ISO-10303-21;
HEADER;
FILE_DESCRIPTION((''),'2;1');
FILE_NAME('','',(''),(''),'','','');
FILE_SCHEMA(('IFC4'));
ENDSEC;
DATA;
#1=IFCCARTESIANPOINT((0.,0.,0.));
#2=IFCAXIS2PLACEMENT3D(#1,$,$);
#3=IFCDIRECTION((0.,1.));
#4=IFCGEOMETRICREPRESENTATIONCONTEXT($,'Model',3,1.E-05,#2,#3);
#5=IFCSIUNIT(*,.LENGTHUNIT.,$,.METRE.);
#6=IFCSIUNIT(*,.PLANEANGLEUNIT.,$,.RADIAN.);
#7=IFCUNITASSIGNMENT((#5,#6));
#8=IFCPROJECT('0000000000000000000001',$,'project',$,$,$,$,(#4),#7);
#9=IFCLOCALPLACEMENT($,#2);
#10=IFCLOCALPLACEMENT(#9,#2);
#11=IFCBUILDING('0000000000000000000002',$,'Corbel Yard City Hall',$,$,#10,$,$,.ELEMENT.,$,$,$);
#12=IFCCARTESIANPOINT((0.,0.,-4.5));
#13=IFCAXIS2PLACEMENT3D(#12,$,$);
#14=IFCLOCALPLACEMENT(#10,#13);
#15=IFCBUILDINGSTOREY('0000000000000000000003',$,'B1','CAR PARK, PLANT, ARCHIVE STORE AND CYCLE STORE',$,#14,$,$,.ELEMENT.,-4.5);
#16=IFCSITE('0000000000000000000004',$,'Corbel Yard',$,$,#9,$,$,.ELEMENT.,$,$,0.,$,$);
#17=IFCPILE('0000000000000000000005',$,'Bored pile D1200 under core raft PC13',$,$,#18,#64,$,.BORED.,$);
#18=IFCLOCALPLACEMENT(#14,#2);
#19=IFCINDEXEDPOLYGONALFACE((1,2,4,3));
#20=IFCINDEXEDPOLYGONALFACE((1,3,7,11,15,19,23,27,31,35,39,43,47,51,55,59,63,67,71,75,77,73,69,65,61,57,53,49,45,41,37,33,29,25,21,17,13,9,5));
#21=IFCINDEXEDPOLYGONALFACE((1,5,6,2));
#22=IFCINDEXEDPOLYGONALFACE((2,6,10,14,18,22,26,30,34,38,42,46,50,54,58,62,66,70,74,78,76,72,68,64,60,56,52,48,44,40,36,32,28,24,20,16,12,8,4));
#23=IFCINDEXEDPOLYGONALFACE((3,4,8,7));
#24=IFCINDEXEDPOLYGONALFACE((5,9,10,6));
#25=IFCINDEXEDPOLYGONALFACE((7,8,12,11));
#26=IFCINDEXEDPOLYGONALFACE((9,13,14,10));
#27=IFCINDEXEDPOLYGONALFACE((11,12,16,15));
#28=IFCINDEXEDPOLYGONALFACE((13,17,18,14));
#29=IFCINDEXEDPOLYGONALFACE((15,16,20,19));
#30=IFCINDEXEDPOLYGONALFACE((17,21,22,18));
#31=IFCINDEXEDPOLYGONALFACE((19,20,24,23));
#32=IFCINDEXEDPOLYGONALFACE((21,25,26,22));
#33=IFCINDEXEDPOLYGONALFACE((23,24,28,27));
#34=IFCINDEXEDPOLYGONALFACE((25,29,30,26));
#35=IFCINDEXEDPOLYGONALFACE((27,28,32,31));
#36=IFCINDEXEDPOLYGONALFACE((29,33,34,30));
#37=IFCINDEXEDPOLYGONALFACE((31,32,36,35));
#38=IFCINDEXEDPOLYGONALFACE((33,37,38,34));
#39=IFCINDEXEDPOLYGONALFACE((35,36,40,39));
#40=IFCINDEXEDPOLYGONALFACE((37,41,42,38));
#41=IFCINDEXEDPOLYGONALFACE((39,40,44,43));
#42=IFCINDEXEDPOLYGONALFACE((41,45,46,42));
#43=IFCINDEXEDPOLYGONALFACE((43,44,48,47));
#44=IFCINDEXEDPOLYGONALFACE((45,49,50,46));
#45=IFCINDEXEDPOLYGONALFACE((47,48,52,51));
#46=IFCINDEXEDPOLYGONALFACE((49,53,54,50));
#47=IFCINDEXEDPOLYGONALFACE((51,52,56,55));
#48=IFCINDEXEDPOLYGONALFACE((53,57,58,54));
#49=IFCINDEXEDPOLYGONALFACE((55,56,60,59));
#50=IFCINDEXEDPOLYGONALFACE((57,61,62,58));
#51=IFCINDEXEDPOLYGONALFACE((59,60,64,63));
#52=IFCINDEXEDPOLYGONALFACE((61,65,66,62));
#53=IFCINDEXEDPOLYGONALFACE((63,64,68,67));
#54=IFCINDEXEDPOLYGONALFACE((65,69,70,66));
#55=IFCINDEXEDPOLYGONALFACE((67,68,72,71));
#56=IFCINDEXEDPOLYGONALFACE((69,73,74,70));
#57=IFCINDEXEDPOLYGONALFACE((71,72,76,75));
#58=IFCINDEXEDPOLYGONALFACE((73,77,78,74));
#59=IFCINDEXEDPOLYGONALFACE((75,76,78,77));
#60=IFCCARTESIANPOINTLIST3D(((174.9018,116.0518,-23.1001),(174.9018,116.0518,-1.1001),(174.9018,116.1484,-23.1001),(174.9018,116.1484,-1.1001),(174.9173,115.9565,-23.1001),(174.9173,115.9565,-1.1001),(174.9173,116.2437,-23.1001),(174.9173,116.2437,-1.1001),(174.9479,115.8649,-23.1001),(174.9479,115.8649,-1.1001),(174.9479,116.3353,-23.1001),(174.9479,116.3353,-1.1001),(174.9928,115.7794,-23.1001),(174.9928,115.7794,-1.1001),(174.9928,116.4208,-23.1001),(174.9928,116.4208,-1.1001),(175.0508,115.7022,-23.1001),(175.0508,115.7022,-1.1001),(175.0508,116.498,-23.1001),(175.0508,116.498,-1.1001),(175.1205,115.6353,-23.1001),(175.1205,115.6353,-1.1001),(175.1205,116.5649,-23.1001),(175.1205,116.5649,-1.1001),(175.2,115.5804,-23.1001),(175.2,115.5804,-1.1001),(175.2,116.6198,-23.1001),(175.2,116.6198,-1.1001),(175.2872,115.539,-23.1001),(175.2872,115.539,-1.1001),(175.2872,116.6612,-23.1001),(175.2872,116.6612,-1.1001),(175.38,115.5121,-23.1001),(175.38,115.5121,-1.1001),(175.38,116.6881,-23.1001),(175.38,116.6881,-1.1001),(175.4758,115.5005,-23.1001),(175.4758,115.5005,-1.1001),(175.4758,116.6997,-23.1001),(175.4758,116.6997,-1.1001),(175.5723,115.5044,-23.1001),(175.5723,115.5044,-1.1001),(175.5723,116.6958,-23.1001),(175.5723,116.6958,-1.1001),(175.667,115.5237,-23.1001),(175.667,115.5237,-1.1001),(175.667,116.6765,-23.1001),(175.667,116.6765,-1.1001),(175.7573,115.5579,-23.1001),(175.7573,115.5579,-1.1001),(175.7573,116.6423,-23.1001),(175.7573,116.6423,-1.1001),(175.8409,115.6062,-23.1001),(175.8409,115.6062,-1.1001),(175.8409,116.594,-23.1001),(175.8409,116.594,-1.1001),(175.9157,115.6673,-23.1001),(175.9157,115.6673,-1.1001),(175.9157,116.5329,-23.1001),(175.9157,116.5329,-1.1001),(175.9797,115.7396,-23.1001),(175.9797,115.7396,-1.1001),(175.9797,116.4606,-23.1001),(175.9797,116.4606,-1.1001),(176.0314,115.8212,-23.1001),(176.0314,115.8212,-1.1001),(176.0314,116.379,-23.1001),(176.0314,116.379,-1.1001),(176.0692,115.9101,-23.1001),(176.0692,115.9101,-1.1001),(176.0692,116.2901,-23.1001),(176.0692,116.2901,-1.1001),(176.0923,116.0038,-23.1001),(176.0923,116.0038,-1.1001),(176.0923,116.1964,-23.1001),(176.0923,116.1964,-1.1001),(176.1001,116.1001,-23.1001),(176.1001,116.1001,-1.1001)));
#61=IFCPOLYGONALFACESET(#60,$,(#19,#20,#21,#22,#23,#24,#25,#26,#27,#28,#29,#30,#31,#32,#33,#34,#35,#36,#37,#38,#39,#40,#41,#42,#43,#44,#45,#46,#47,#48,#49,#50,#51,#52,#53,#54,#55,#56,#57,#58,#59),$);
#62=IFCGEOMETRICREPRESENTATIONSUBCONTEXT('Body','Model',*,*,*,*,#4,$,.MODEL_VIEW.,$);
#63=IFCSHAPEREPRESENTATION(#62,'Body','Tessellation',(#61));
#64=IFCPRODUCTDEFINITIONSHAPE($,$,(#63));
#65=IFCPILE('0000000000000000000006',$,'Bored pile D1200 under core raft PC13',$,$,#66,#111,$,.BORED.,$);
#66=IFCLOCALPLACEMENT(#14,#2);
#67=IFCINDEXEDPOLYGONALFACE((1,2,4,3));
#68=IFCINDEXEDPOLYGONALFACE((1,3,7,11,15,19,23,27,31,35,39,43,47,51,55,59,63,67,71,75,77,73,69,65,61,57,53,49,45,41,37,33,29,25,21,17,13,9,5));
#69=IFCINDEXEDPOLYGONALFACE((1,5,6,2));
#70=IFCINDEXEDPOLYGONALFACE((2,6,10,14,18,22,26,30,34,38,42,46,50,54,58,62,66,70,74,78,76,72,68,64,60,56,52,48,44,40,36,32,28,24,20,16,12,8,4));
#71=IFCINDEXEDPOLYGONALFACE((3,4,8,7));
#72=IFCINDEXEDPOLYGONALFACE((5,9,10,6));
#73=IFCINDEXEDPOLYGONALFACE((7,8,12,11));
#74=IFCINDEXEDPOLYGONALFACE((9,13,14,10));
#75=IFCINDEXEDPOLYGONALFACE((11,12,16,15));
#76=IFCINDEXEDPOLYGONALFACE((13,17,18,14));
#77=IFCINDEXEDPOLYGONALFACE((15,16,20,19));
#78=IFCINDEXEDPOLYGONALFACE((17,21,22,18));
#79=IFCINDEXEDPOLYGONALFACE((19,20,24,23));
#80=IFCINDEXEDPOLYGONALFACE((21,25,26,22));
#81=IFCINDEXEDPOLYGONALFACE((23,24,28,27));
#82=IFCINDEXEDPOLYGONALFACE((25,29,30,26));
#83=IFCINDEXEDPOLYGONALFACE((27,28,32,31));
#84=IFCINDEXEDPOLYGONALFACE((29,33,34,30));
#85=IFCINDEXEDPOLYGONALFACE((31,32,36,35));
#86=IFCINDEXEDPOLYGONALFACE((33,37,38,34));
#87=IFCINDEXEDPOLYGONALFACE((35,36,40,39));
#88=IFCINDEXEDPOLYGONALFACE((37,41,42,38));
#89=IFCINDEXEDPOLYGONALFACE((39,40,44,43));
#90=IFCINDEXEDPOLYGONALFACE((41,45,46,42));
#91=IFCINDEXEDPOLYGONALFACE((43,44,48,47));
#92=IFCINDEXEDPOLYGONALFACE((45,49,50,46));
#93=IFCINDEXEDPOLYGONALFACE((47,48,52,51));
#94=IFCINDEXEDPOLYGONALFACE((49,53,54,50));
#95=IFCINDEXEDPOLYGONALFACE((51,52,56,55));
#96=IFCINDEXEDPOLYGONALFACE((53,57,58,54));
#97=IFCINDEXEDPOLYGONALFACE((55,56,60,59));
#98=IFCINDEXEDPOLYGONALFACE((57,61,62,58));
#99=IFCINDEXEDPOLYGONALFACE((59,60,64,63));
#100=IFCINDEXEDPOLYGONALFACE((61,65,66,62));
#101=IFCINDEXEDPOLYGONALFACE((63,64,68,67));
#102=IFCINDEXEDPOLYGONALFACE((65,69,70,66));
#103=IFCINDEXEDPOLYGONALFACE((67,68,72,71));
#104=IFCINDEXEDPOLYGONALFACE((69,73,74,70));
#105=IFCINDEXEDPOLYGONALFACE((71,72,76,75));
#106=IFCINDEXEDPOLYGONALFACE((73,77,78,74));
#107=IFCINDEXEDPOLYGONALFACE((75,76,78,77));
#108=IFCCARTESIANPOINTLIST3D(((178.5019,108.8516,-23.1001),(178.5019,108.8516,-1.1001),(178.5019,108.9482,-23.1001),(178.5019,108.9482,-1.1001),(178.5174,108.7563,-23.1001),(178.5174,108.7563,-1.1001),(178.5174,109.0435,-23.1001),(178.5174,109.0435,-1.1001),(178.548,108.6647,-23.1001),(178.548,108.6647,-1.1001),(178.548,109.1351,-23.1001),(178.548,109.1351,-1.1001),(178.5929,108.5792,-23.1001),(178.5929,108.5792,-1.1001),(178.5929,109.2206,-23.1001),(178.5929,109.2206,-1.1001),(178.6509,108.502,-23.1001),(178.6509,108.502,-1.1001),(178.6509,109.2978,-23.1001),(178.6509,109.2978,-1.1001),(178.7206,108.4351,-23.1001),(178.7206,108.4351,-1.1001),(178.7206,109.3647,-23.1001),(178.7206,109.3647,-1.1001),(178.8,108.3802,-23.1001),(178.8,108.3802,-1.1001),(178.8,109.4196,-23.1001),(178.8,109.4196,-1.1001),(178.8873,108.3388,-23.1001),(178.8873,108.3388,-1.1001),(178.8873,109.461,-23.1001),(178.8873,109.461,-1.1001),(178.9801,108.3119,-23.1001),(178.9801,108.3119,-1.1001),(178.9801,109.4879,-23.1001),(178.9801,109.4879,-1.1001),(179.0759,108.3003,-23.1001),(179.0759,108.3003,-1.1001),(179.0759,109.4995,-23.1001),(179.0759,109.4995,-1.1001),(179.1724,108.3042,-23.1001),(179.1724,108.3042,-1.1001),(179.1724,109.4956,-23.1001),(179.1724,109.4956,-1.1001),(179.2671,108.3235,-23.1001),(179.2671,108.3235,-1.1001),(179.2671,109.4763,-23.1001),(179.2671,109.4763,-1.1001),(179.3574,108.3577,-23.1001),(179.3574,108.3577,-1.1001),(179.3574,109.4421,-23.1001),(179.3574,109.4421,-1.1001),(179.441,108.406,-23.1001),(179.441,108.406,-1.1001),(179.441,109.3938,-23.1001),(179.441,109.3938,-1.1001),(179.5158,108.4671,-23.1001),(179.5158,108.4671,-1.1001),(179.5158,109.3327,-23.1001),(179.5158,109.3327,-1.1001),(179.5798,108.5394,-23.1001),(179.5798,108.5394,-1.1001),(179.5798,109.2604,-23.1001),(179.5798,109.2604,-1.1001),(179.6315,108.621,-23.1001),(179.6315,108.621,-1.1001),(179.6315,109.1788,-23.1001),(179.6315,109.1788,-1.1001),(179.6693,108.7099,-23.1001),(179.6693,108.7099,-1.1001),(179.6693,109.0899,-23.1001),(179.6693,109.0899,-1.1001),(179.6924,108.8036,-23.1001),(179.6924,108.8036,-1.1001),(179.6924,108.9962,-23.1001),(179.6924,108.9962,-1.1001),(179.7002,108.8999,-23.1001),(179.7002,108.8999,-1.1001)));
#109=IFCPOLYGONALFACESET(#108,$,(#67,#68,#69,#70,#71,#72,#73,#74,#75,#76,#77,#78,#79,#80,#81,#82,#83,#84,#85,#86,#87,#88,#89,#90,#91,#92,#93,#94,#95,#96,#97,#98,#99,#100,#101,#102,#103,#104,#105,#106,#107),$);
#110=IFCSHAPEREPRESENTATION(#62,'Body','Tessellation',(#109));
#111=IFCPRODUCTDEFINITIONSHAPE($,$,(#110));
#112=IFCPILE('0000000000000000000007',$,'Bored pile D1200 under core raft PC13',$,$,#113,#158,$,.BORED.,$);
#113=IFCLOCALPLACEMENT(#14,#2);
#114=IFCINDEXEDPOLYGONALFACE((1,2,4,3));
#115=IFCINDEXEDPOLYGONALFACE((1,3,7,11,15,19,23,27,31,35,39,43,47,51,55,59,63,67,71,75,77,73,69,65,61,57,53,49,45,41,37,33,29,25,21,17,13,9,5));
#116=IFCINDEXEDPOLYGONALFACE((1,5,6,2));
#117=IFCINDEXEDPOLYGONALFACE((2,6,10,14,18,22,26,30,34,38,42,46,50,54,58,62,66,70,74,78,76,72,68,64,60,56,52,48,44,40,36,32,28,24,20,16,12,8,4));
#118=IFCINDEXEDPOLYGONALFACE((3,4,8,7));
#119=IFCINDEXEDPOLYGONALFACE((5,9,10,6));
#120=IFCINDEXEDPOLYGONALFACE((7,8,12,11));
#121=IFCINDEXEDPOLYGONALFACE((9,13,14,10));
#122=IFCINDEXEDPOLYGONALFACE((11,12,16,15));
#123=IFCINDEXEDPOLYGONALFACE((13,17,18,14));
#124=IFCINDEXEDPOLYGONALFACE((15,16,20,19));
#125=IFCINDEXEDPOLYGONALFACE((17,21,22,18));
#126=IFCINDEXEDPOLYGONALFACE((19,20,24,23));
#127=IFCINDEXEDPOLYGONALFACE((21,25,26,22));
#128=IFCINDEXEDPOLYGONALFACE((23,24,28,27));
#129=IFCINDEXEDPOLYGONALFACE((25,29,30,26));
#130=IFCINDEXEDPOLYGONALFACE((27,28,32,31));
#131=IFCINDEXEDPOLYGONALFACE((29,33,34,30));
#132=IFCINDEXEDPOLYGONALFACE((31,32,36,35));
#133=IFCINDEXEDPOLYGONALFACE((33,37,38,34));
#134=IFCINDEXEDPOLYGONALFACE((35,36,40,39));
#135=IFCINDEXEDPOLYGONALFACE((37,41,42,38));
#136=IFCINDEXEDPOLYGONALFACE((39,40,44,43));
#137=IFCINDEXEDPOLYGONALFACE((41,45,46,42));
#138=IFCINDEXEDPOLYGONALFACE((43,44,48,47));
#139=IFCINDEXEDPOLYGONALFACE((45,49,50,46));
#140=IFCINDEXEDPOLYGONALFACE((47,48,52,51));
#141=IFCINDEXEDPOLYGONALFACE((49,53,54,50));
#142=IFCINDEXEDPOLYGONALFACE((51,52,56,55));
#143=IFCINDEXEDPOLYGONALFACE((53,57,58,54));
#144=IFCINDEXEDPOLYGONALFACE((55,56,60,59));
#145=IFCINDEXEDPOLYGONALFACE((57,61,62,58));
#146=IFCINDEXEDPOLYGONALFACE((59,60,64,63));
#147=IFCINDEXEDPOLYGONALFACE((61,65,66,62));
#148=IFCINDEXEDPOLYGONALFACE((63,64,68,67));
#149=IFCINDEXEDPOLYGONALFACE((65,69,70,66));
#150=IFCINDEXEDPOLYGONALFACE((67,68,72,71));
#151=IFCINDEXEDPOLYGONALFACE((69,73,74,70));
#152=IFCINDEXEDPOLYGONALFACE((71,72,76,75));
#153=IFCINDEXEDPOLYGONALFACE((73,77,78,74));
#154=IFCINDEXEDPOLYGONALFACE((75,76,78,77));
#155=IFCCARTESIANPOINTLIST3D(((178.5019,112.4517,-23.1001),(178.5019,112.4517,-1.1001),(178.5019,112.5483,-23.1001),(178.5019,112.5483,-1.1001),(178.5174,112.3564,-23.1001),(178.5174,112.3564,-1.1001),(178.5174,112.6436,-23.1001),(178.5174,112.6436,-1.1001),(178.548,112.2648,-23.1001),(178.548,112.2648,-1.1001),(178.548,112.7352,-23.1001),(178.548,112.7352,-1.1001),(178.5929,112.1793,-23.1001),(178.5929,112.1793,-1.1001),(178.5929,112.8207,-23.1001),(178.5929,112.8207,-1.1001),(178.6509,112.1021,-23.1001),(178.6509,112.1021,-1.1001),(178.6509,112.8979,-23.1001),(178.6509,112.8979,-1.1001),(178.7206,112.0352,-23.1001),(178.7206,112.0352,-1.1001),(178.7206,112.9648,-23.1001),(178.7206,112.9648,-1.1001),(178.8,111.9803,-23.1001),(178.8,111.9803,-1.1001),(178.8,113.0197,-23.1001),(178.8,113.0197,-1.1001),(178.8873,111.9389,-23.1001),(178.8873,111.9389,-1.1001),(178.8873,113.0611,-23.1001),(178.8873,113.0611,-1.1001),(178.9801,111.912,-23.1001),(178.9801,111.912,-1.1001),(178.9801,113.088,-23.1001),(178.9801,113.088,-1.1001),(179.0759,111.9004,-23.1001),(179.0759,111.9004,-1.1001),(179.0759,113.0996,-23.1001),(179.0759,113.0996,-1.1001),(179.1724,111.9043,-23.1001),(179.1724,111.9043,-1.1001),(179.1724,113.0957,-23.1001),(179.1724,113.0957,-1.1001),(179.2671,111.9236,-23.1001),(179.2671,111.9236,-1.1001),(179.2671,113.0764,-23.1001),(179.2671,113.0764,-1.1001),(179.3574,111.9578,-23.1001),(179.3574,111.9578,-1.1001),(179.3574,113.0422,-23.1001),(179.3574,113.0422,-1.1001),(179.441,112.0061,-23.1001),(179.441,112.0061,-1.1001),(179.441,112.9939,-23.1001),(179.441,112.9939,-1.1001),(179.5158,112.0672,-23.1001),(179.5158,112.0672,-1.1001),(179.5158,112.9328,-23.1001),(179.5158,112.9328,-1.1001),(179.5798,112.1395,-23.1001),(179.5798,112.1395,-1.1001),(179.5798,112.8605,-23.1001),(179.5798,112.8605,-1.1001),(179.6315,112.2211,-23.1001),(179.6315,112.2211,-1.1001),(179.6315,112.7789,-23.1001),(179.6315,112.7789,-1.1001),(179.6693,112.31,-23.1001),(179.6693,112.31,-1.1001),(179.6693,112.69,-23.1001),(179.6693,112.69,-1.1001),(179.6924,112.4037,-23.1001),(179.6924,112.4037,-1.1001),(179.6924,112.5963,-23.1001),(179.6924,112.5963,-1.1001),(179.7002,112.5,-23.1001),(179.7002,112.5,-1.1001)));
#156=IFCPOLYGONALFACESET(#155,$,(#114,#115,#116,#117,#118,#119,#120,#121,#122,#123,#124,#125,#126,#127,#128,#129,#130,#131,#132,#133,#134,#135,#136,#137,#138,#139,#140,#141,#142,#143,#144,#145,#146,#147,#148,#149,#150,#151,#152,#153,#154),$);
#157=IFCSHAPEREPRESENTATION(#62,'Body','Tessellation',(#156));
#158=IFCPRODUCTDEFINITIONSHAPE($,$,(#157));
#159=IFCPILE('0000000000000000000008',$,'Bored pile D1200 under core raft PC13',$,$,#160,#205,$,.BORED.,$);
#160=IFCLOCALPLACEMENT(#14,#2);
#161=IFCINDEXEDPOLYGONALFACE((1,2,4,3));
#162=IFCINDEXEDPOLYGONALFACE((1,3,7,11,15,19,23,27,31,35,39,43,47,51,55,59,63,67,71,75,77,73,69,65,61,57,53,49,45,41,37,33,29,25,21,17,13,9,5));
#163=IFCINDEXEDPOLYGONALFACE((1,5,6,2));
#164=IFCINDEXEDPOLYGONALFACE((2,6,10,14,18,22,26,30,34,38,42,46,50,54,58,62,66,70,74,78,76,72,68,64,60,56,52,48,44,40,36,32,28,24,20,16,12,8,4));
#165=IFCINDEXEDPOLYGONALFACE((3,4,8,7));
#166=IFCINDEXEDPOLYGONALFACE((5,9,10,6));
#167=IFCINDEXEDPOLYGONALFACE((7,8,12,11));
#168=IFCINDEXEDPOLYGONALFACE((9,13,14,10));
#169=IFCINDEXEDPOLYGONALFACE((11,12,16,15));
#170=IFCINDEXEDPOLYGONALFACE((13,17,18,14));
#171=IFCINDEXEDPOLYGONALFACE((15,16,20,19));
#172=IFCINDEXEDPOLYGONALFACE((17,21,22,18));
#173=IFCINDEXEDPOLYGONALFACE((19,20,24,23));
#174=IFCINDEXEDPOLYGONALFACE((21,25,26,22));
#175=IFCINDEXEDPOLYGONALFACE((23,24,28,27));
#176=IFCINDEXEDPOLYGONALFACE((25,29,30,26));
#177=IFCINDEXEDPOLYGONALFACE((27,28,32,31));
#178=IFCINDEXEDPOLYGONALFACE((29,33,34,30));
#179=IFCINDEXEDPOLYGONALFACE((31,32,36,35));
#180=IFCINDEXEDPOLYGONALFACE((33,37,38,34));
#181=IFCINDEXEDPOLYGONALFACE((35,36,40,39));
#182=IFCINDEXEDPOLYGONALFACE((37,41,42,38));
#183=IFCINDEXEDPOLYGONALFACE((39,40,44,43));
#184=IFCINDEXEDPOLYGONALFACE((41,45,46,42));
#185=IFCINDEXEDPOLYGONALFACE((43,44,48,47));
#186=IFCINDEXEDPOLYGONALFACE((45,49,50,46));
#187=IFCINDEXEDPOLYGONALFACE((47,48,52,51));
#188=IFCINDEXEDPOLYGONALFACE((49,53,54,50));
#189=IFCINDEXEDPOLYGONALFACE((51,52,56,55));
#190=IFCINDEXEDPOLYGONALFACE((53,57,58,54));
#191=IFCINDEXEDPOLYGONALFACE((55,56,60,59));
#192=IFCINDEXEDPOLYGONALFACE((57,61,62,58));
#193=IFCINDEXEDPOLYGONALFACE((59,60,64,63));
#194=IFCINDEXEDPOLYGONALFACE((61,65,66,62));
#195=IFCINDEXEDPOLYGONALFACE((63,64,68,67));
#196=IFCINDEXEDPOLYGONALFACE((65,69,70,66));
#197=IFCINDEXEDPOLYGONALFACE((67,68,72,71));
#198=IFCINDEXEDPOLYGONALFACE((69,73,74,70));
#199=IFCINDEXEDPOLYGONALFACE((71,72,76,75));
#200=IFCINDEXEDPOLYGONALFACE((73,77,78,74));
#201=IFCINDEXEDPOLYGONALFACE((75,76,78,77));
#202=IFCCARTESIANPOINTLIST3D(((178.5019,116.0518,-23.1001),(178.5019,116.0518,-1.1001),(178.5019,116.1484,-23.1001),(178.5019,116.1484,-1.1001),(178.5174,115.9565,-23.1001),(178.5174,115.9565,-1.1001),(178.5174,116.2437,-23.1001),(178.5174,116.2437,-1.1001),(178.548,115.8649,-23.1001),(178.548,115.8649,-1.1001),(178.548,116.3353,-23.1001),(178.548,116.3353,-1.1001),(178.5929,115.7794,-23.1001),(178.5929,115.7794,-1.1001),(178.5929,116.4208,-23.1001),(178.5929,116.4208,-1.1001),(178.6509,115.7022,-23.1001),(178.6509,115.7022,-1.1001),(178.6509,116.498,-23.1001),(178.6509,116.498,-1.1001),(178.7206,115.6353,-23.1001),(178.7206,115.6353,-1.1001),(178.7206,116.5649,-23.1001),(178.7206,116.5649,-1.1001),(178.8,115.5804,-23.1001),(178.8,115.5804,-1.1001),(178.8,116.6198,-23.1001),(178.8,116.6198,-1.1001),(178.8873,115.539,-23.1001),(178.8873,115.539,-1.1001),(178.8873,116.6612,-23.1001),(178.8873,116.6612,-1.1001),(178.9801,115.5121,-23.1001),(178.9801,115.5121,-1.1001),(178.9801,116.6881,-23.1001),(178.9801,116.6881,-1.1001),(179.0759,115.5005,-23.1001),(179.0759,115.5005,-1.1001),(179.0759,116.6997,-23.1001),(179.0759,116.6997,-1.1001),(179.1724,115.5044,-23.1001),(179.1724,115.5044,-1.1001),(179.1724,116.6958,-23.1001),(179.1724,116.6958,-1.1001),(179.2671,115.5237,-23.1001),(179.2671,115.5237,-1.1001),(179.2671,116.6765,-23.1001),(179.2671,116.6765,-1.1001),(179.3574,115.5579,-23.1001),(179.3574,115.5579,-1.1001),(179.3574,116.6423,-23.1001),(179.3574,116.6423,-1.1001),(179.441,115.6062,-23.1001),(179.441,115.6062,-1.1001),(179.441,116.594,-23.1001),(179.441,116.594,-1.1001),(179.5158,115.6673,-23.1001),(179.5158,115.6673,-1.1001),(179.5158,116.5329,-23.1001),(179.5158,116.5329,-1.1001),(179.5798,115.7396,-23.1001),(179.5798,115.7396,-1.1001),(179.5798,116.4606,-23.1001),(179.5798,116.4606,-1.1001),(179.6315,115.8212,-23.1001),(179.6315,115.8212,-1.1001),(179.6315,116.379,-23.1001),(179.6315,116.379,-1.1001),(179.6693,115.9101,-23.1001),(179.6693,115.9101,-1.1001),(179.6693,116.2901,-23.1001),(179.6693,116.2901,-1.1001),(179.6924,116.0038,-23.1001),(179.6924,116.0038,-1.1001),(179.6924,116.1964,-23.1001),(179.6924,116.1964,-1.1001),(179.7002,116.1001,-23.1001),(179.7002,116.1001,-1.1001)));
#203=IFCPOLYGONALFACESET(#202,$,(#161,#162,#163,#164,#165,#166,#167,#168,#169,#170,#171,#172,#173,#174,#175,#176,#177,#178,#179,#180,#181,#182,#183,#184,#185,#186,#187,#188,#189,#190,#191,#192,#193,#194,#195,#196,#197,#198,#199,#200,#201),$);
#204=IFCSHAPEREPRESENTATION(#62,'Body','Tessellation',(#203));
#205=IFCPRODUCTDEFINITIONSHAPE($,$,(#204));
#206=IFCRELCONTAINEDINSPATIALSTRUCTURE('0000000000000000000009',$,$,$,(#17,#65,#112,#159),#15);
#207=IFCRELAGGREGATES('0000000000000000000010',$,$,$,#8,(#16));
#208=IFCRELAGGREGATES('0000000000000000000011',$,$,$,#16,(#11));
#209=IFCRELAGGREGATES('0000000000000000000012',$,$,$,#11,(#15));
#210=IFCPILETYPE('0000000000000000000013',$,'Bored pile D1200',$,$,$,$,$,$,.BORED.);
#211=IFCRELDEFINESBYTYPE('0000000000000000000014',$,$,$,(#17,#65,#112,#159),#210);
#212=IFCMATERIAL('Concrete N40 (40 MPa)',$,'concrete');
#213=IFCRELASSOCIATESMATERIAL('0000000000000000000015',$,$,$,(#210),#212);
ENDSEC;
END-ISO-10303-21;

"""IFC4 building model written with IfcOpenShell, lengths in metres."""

from ifc_helpers import new_model, si_unit, direction, frame, origin, origin_2d, place, context, subcontext, project, spatial, circle, extrude, material, material_profile, profile_set, type_object, element, save


model = new_model("IFC4")

# Units and contexts
model_context = context("Model", 3, precision=1e-05, world=origin(), true_north=direction((0.0, 1.0)))
body_context = subcontext(model_context, "Body", "Model", "MODEL_VIEW")
ifc_project = project(units=[si_unit("LENGTHUNIT", "METRE"), si_unit("PLANEANGLEUNIT", "RADIAN")], contexts=[model_context])

# Site, building, storey
site_placement = place(None, origin())
site = spatial("IfcSite", under=ifc_project, at=site_placement, Name="Corbel Yard", CompositionType="ELEMENT", RefElevation=0.0)
building_placement = place(site_placement, origin())
building = spatial("IfcBuilding", under=site, at=building_placement, Name="Corbel Yard City Hall", CompositionType="ELEMENT")
storey_placement = place(building_placement, frame((0.0, 0.0, -4.5)))
storey = spatial("IfcBuildingStorey", under=building, at=storey_placement, Name="B1", Description="CAR PARK, PLANT, ARCHIVE STORE AND CYCLE STORE", CompositionType="ELEMENT", Elevation=-4.5)

# Piles
ifc_material_1 = material(Name="Concrete N40 (40 MPa)", Category="concrete")
ifc_material_profile = material_profile(ifc_material_1, circle(Radius=0.6001, at=origin_2d()), Name="D1200")
ifc_profile_set = profile_set([ifc_material_profile], Name="Concrete N40 (40 MPa)")
pile_type = type_object("IfcPileType", Name="Bored pile D1200", PredefinedType="BORED", material=ifc_profile_set)
for number, where, z_axis, x_axis, name in (
    (1, (175.5, 116.1001, -1.1001), (0.0, 0.0, -1.0), (1.0, 0.0, 0.0), "Bored pile D1200 under core raft PC13"),
    (2, (179.1001, 108.8999, -1.1001), (0.0, 0.0, -1.0), (1.0, 0.0, 0.0), "Bored pile D1200 under core raft PC13"),
    (3, (179.1001, 112.5, -1.1001), (0.0, 0.0, -1.0), (1.0, 0.0, 0.0), "Bored pile D1200 under core raft PC13"),
    (4, (179.1001, 116.1001, -1.1001), (0.0, 0.0, -1.0), (1.0, 0.0, 0.0), "Bored pile D1200 under core raft PC13"),
):
    element("IfcPile", number, at=place(storey_placement, frame(where, z_axis=z_axis, x_axis=x_axis)), inside=storey, type_object=pile_type, Name=name, PredefinedType="BORED", context=body_context, shape_type="SweptSolid", body=[
        extrude(circle(Radius=0.6001, at=origin_2d()), origin(), (0.0, 0.0, 1.0), 22.0),
    ])

save(model, "model.ifc")
